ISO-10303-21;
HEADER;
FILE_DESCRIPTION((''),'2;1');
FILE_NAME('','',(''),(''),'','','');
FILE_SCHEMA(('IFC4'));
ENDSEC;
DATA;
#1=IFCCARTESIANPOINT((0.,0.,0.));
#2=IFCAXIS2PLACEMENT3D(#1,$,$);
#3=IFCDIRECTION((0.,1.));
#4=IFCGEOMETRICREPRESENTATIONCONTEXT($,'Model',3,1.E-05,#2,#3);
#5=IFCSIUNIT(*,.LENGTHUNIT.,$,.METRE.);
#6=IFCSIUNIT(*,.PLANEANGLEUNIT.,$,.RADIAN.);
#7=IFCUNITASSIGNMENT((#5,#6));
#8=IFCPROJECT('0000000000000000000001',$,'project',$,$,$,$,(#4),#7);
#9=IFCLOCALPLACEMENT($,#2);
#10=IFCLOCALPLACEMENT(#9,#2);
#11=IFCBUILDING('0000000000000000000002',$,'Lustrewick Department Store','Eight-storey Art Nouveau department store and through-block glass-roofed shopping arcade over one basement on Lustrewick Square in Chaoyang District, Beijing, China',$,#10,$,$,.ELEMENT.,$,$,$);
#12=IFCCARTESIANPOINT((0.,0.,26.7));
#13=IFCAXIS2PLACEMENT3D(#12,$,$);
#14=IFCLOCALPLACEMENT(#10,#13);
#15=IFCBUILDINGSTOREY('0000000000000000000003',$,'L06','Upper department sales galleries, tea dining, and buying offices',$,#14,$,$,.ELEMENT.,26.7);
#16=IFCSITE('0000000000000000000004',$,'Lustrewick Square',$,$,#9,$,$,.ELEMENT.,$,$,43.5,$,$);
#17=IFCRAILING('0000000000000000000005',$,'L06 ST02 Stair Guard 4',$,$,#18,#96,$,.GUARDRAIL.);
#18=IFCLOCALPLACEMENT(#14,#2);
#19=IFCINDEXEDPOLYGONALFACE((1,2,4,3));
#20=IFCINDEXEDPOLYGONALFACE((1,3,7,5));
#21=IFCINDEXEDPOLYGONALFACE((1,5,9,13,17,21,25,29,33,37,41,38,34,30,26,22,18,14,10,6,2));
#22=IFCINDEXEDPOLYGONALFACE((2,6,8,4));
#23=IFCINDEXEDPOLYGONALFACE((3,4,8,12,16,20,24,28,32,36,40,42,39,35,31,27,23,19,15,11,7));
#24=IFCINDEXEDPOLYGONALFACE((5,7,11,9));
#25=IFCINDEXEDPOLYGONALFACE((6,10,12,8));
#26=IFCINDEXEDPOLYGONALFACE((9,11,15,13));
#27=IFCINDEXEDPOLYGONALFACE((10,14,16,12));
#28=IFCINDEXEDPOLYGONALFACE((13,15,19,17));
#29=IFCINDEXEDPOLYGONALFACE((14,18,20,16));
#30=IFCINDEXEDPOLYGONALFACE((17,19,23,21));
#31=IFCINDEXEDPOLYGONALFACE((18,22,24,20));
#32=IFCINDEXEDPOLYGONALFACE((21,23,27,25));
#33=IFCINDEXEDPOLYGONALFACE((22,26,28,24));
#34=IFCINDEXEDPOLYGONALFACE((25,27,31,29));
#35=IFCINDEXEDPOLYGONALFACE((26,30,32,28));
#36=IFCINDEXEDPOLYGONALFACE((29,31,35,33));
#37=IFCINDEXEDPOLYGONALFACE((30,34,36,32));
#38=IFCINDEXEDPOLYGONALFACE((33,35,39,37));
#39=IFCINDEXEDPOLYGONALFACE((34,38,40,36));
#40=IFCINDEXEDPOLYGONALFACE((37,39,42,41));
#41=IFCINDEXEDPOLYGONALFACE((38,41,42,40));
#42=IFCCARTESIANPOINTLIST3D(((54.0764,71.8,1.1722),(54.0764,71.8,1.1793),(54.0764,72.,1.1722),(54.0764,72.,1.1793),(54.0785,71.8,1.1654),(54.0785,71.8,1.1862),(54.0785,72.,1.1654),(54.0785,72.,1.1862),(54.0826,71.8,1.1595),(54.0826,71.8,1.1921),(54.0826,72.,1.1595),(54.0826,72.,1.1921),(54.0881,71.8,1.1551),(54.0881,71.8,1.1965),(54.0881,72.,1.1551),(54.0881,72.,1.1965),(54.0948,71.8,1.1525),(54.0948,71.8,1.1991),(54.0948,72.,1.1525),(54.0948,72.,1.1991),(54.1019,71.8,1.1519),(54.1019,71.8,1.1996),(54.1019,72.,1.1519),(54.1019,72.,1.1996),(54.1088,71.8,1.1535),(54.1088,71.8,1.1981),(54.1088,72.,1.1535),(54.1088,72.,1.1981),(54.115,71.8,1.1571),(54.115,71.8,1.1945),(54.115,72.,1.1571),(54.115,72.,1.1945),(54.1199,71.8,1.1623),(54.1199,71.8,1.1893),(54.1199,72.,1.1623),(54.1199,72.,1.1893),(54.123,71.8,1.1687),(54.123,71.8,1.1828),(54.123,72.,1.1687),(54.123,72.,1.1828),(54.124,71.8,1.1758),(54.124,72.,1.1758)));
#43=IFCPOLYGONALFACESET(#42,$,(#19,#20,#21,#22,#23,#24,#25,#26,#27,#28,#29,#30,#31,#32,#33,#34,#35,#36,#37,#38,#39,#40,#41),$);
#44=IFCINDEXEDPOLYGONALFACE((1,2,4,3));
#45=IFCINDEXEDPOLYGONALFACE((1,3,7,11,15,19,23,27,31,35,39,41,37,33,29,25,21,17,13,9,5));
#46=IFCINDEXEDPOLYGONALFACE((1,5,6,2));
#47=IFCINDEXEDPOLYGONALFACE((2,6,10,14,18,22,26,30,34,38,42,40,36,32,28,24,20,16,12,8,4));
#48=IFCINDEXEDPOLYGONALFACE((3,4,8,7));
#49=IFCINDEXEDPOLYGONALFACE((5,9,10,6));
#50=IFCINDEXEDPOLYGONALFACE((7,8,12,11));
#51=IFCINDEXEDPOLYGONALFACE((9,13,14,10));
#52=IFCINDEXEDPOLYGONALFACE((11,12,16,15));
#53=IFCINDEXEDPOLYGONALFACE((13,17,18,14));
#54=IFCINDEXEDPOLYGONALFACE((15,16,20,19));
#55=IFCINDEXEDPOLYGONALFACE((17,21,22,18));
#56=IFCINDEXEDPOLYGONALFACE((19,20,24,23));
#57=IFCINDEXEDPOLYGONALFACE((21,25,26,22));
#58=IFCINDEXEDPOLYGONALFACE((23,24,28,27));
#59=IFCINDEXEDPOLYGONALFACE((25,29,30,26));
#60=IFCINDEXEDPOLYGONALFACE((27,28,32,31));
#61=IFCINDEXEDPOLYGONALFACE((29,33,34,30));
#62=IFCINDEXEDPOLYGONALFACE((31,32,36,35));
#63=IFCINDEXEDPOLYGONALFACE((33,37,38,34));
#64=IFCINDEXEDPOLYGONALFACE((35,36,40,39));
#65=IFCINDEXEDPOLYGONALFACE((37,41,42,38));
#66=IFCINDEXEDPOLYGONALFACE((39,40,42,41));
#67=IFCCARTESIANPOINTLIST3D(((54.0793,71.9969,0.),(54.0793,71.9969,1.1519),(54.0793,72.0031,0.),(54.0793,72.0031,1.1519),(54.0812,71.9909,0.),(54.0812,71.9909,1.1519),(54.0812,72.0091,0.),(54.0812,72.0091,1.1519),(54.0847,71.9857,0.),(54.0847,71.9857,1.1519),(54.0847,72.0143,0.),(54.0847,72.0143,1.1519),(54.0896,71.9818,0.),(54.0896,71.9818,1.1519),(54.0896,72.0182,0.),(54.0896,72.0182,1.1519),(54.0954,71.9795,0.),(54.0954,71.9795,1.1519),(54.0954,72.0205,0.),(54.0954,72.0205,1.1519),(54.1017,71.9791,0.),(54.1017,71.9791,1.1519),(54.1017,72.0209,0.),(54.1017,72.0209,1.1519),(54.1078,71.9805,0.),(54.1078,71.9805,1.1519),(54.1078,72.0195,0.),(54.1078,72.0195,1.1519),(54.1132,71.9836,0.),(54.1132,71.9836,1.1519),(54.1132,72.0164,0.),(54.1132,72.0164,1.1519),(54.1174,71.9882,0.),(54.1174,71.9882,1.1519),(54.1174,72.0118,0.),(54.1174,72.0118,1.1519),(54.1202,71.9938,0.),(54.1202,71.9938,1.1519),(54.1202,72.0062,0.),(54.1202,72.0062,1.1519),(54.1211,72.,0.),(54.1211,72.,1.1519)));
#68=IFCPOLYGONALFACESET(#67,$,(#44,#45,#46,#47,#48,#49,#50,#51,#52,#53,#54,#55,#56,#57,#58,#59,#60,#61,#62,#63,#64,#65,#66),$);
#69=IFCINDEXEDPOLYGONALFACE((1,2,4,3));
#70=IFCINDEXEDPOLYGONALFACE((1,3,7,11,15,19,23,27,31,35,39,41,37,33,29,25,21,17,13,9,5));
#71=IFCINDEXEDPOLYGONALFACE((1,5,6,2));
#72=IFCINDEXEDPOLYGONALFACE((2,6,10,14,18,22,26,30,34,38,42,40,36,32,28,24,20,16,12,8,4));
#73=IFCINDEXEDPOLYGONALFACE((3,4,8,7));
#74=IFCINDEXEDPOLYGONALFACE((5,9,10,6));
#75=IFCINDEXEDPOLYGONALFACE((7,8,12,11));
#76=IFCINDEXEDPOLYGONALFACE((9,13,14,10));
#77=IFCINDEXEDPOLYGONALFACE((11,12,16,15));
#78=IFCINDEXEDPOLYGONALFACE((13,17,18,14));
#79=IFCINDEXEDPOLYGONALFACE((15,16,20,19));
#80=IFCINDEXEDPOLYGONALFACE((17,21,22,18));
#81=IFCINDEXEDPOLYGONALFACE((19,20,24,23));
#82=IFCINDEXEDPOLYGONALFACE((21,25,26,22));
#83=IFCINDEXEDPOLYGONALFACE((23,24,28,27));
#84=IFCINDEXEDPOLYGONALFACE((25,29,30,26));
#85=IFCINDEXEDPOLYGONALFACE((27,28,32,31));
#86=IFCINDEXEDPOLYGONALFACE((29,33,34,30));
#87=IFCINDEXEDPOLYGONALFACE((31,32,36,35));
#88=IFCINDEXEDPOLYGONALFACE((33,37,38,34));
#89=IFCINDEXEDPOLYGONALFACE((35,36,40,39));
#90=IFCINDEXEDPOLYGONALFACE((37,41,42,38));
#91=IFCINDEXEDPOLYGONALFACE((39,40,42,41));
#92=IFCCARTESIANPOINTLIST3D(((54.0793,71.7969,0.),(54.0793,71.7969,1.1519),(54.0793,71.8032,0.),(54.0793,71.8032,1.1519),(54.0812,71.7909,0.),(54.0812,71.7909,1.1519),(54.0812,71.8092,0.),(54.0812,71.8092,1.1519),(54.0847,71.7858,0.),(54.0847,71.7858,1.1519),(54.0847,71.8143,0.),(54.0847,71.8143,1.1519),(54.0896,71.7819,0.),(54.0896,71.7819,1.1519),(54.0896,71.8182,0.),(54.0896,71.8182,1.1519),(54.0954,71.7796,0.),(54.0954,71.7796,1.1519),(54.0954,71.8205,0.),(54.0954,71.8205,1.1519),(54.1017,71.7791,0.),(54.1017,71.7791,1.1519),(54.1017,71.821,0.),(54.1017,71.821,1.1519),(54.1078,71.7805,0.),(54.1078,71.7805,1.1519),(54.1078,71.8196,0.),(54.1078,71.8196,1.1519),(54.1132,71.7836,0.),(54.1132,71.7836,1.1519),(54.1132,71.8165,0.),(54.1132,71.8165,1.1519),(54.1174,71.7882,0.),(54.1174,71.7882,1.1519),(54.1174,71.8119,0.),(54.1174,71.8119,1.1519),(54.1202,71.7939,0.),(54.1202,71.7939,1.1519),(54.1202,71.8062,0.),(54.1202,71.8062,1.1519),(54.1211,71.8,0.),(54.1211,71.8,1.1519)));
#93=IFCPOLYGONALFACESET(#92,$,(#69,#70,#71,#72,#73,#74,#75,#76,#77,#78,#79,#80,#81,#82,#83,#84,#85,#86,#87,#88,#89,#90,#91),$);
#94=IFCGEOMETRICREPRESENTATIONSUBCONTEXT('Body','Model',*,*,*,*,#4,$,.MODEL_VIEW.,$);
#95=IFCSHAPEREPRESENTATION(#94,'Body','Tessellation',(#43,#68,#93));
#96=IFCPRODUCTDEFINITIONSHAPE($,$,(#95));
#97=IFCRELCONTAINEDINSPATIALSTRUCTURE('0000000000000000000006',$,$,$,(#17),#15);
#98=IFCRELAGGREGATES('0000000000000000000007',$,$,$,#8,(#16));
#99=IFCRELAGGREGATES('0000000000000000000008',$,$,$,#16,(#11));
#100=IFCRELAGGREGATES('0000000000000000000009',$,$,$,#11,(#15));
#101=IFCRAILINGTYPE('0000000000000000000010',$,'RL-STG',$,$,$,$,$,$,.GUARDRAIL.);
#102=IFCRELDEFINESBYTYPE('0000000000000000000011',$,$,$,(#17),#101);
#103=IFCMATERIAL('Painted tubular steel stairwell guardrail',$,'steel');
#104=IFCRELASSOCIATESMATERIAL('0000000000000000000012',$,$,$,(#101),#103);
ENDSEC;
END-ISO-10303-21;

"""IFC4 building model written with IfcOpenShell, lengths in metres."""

from ifc_helpers import new_model, si_unit, direction, frame, origin, origin_2d, place, context, subcontext, project, spatial, circle, extrude, material, type_object, element, save


model = new_model("IFC4")

# Units and contexts
model_context = context("Model", 3, precision=1e-05, world=origin(), true_north=direction((0.0, 1.0)))
body_context = subcontext(model_context, "Body", "Model", "MODEL_VIEW")
ifc_project = project(units=[si_unit("LENGTHUNIT", "METRE"), si_unit("PLANEANGLEUNIT", "RADIAN")], contexts=[model_context])

# Site, building, storey
site_placement = place(None, origin())
site = spatial("IfcSite", under=ifc_project, at=site_placement, Name="Lustrewick Square", CompositionType="ELEMENT", RefElevation=43.5)
building_placement = place(site_placement, origin())
building = spatial("IfcBuilding", under=site, at=building_placement, Name="Lustrewick Department Store", Description="Eight-storey Art Nouveau department store and through-block glass-roofed shopping arcade over one basement on Lustrewick Square in Chaoyang District, Beijing, China", CompositionType="ELEMENT")
storey_placement = place(building_placement, frame((0.0, 0.0, 26.7)))
storey = spatial("IfcBuildingStorey", under=building, at=storey_placement, Name="L06", Description="Upper department sales galleries, tea dining, and buying offices", CompositionType="ELEMENT", Elevation=26.7)

# Railing
ifc_material_1 = material(Name="Painted tubular steel stairwell guardrail", Category="steel")
railing_type_1 = type_object("IfcRailingType", Name="RL-STG", PredefinedType="GUARDRAIL", material=ifc_material_1)
railing_1_placement = place(storey_placement, frame((54.1001, 72.0, 0.0)))
element("IfcRailing", 1, at=railing_1_placement, inside=storey, type_object=railing_type_1, Name="L06 ST02 Stair Guard 4", PredefinedType="GUARDRAIL", context=body_context, shape_type="SweptSolid", body=[
    extrude(circle(Radius=0.0239, at=origin_2d()), frame((0.0, 0.0, 1.1758), z_axis=(0.0, -1.0, 0.0), x_axis=(1.0, 0.0, 0.0)), (0.0, 0.0, 1.0), 0.2),
    extrude(circle(Radius=0.021, at=origin_2d()), origin(), (0.0, 0.0, 1.0), 1.1519),
    extrude(circle(Radius=0.021, at=origin_2d()), frame((0.0, -0.2, 0.0)), (0.0, 0.0, 1.0), 1.1519),
])

save(model, "model.ifc")
